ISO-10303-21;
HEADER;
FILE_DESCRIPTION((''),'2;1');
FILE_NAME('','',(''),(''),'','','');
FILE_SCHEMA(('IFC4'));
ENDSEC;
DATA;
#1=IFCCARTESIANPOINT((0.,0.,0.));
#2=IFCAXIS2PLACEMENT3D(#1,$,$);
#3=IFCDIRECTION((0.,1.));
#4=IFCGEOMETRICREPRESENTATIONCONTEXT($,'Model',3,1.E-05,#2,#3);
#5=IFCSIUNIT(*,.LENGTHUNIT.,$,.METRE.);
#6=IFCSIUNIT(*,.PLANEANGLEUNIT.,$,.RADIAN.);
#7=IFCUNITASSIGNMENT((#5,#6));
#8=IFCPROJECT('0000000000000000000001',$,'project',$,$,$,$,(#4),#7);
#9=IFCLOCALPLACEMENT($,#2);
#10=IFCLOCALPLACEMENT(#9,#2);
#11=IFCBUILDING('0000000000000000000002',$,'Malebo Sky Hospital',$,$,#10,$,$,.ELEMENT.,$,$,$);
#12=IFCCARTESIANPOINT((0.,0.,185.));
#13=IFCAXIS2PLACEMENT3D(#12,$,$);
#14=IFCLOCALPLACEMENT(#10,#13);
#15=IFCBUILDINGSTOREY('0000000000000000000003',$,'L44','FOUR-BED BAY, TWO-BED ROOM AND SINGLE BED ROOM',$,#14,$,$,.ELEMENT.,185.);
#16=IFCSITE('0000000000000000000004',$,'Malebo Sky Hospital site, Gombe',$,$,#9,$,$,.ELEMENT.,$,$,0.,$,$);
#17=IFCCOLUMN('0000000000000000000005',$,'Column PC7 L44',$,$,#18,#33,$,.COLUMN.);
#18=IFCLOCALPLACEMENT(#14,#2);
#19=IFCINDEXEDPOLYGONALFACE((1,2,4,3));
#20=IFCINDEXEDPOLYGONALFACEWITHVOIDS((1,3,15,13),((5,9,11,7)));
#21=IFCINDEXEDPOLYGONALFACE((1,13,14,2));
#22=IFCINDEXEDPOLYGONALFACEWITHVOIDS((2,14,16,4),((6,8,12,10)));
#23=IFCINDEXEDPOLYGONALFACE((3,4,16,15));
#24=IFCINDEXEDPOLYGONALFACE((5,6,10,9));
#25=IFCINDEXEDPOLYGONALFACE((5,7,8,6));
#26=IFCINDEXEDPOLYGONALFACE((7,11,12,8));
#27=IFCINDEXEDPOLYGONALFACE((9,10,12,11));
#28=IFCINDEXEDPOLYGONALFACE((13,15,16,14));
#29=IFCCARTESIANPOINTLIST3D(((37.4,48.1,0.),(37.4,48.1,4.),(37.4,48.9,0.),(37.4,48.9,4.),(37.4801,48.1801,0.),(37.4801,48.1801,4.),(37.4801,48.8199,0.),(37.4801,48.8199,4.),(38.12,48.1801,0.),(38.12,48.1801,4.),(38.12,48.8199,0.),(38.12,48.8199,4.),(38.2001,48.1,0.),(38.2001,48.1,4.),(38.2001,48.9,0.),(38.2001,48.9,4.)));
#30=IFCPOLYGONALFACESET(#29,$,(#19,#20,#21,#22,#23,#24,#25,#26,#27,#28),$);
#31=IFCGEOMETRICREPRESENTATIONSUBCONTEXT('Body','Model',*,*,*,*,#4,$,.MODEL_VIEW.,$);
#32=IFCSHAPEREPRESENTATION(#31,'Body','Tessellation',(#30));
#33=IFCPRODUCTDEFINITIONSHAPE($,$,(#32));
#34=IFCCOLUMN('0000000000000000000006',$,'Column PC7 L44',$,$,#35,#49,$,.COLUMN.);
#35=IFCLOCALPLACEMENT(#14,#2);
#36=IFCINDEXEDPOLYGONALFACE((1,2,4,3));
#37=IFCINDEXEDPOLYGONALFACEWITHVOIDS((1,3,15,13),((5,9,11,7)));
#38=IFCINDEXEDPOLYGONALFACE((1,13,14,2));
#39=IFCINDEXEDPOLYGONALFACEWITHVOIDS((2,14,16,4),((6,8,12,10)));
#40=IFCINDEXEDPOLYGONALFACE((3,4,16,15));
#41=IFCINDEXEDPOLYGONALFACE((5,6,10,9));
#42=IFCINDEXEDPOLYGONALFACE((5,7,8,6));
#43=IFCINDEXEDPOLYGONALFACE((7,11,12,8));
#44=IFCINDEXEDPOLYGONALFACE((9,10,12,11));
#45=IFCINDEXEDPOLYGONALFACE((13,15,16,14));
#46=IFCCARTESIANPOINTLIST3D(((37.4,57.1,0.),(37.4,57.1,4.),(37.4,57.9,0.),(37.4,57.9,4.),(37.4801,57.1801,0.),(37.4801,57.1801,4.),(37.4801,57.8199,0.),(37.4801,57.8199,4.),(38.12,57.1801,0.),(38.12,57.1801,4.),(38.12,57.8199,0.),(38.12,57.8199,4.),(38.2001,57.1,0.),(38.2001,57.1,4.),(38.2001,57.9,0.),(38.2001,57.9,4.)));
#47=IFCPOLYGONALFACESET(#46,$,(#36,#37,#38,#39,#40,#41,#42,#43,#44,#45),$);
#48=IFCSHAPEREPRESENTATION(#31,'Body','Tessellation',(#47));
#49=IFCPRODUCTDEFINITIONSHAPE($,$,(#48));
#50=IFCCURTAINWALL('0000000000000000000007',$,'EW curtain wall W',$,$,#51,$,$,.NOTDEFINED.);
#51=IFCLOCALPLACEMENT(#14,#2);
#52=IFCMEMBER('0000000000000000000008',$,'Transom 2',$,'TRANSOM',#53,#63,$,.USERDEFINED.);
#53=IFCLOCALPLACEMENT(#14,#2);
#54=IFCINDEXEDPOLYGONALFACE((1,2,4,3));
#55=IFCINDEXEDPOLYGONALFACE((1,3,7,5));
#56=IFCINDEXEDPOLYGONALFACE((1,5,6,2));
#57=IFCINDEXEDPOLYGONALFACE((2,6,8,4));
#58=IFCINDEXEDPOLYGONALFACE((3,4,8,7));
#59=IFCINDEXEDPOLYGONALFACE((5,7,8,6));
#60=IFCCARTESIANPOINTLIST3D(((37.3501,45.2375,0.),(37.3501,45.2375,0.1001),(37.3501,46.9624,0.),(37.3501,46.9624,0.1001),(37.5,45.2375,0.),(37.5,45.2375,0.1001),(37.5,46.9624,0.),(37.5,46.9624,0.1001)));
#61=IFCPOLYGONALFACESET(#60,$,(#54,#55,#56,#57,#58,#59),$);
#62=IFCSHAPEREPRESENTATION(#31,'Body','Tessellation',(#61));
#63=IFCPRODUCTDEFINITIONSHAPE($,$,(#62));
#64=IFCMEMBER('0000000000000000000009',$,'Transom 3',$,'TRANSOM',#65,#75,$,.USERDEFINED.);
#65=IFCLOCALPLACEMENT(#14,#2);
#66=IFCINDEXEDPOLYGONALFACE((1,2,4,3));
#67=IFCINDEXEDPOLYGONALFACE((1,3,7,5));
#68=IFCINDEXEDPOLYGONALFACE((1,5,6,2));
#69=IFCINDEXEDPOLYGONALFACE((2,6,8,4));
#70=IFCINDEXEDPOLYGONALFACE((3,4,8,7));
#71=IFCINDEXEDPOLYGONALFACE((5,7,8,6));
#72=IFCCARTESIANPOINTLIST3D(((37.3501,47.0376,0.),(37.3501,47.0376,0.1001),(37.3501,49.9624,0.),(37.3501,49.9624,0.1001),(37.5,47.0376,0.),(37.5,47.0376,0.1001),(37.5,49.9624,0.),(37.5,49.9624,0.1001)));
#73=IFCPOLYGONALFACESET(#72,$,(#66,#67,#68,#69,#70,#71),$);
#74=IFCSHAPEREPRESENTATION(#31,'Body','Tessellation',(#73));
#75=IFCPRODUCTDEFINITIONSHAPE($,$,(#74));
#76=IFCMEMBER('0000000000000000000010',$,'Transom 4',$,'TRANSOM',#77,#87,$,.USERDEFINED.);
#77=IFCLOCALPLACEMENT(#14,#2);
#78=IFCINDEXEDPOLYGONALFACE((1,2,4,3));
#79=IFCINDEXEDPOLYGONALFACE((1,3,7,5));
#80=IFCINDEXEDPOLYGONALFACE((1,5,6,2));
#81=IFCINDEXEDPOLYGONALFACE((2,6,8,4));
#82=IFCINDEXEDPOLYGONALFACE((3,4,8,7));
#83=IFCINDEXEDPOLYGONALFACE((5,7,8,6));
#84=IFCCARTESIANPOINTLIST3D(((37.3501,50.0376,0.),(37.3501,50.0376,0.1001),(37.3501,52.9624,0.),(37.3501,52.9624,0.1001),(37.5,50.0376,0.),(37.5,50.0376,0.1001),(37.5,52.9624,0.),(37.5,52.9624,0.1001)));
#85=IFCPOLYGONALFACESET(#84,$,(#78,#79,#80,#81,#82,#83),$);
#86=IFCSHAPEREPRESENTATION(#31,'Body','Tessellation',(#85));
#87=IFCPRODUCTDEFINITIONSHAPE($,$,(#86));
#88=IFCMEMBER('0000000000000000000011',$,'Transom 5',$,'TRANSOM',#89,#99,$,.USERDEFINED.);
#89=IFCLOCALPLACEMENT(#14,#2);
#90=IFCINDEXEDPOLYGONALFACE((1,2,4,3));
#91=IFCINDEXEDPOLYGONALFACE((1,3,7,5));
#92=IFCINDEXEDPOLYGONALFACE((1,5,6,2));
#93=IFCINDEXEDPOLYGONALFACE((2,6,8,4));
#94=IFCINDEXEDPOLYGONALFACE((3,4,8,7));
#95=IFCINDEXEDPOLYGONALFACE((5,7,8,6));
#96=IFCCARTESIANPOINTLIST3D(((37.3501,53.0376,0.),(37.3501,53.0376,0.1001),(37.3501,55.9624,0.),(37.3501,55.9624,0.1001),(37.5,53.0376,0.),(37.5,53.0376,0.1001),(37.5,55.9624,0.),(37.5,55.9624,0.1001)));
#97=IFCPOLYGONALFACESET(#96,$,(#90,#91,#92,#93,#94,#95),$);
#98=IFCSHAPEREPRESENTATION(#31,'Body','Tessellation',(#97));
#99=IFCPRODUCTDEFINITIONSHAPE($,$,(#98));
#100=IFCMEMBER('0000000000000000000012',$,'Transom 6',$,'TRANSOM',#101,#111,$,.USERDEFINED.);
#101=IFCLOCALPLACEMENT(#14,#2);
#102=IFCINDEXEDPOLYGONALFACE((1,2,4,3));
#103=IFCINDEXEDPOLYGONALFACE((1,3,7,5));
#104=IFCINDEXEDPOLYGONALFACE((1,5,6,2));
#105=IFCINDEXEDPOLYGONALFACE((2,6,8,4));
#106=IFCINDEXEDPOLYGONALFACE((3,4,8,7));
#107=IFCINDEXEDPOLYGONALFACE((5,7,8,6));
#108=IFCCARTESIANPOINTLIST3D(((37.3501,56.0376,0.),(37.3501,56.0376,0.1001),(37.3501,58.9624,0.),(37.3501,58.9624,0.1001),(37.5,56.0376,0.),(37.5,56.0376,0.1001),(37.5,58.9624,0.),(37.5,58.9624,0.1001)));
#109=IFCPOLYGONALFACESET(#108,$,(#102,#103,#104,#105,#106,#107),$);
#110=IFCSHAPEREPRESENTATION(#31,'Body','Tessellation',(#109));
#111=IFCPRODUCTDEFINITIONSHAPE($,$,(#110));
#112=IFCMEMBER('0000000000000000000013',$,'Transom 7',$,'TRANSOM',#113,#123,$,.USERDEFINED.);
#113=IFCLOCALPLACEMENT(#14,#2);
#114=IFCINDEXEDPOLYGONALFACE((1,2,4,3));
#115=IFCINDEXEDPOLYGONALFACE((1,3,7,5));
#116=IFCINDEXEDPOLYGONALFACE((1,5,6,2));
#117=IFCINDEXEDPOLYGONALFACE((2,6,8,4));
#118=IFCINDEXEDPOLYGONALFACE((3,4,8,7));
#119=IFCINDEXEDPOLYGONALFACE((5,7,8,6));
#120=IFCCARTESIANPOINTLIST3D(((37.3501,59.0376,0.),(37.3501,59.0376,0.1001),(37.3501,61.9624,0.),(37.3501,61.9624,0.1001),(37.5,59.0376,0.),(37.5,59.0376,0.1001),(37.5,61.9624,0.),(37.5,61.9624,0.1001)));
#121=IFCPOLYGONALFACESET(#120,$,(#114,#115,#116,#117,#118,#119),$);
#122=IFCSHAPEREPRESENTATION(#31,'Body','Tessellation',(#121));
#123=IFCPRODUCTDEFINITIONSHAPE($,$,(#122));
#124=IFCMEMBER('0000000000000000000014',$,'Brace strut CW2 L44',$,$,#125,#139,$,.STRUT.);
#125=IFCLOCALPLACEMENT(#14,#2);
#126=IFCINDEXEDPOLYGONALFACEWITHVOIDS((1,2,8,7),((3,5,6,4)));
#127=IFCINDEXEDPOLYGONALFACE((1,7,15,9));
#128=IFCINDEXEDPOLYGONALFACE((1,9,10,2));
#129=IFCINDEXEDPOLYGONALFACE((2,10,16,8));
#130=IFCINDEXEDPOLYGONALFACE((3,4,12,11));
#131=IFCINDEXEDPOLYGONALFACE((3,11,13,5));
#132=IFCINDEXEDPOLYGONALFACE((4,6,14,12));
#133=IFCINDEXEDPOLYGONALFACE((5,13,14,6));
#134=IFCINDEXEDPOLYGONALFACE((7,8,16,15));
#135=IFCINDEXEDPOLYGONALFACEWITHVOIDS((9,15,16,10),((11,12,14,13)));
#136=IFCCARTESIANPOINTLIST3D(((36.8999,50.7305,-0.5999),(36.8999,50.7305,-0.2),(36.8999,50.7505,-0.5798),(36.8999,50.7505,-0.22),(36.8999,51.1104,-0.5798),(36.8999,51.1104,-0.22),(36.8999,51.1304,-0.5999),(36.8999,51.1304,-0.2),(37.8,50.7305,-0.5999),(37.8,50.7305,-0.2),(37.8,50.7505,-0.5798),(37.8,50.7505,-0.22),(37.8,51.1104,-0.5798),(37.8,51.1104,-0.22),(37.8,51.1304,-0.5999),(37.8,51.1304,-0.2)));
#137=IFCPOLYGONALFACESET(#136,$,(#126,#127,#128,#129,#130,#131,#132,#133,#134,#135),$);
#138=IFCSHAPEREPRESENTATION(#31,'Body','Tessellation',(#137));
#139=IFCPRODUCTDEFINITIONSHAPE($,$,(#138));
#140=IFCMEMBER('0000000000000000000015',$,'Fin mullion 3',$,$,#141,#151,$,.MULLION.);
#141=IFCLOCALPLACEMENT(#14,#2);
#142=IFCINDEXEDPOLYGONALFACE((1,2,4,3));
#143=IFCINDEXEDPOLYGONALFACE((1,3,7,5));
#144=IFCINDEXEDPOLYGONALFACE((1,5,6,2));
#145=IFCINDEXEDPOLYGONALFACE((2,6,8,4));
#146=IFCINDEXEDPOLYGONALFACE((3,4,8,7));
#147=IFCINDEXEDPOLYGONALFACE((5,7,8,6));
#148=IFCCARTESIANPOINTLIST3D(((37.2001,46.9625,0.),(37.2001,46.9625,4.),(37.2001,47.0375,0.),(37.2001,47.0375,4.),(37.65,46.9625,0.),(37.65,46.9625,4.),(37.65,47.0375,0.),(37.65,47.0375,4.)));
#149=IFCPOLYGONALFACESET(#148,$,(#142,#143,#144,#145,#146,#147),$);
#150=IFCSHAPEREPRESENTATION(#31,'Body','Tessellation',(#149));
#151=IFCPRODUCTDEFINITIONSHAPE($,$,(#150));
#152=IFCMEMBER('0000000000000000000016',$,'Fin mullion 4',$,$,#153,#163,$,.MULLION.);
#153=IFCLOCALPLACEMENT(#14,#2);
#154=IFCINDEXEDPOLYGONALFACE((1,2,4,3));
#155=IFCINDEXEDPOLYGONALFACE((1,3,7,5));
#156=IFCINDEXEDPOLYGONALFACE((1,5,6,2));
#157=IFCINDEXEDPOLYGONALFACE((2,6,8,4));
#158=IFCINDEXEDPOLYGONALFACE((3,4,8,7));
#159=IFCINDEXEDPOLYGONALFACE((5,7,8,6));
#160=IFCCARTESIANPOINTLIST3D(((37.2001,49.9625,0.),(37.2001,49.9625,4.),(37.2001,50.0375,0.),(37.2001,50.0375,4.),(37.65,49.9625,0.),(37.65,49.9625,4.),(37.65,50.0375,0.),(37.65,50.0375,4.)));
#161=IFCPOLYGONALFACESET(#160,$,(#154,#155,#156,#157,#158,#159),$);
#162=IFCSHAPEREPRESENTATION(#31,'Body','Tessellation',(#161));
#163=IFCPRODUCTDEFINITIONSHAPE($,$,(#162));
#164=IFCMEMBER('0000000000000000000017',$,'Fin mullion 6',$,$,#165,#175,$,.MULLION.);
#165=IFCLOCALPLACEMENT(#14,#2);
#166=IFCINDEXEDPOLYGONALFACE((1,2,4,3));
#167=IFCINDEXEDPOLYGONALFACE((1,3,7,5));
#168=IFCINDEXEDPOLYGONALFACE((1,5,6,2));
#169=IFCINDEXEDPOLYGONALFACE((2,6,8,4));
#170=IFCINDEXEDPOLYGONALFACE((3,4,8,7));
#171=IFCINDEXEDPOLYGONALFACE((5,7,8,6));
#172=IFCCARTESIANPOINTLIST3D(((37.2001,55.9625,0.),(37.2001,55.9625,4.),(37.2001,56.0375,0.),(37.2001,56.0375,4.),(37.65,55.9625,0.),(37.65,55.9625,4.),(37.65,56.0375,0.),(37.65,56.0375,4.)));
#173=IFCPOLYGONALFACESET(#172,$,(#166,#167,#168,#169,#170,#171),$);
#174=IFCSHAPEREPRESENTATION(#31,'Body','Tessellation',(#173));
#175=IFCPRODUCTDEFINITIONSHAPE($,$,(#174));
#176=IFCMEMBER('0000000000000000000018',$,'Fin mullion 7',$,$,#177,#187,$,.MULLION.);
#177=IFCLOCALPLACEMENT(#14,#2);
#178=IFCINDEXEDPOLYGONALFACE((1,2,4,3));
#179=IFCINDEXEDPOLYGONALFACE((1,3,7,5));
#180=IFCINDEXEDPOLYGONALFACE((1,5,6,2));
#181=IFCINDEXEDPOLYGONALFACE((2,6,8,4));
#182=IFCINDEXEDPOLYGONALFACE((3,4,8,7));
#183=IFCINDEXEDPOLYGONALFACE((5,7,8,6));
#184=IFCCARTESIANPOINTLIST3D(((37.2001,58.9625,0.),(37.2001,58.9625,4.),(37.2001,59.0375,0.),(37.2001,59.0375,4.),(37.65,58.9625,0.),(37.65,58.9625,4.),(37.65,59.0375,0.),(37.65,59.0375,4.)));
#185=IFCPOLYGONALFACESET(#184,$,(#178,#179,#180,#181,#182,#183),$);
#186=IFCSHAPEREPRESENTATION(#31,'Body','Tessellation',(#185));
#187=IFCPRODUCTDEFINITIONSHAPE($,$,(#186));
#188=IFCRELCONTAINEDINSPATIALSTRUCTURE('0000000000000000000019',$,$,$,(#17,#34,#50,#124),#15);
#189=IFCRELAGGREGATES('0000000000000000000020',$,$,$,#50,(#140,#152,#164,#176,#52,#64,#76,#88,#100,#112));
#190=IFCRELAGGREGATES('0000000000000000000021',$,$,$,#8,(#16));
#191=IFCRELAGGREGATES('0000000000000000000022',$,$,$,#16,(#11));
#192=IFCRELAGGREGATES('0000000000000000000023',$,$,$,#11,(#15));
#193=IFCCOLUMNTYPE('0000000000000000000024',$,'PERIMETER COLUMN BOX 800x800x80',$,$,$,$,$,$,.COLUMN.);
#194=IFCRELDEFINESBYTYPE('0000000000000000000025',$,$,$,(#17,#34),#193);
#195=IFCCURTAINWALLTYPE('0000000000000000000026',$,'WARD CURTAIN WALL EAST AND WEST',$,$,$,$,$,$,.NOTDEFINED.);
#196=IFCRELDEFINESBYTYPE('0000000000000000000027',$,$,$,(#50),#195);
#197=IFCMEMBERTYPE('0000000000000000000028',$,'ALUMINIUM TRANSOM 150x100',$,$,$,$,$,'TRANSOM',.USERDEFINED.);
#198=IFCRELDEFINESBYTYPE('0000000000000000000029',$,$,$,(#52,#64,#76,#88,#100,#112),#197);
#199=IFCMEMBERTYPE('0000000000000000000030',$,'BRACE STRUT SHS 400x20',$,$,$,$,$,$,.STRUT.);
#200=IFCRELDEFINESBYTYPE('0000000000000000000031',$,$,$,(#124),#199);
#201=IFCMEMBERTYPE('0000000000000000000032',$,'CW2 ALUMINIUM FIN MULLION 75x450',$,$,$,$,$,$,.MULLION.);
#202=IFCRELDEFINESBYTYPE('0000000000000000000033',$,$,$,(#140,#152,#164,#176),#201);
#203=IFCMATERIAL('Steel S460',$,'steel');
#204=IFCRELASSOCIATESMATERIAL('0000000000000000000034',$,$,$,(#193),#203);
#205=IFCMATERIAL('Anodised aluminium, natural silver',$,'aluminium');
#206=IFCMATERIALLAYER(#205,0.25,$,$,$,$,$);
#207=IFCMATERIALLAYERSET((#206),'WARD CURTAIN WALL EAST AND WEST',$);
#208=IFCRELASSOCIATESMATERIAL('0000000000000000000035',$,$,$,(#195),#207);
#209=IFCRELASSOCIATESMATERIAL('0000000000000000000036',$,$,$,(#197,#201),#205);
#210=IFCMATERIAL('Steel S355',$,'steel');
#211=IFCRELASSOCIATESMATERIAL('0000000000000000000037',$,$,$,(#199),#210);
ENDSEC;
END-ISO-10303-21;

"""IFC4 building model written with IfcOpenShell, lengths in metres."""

from ifc_helpers import new_model, si_unit, direction, frame, origin, origin_2d, place, context, subcontext, project, spatial, rectangle, hollow_rectangle, extrude, material, layer, layer_set, material_profile, profile_set, type_object, element, aggregate, save


model = new_model("IFC4")

# Units and contexts
model_context = context("Model", 3, precision=1e-05, world=origin(), true_north=direction((0.0, 1.0)))
body_context = subcontext(model_context, "Body", "Model", "MODEL_VIEW")
ifc_project = project(units=[si_unit("LENGTHUNIT", "METRE"), si_unit("PLANEANGLEUNIT", "RADIAN")], contexts=[model_context])

# Site, building, storey
site_placement = place(None, origin())
site = spatial("IfcSite", under=ifc_project, at=site_placement, Name="Malebo Sky Hospital site, Gombe", CompositionType="ELEMENT", RefElevation=0.0)
building_placement = place(site_placement, origin())
building = spatial("IfcBuilding", under=site, at=building_placement, Name="Malebo Sky Hospital", CompositionType="ELEMENT")
storey_placement = place(building_placement, frame((0.0, 0.0, 185.0)))
storey = spatial("IfcBuildingStorey", under=building, at=storey_placement, Name="L44", Description="FOUR-BED BAY, TWO-BED ROOM AND SINGLE BED ROOM", CompositionType="ELEMENT", Elevation=185.0)

# Columns
ifc_material_1 = material(Name="Steel S460", Category="steel")
ifc_material_profile_1 = material_profile(ifc_material_1, hollow_rectangle(XDim=0.8, YDim=0.8, WallThickness=0.0801, at=origin_2d()), Name="BOX 800x800x80")
ifc_profile_set_1 = profile_set([ifc_material_profile_1], Name="Steel S460")
column_type = type_object("IfcColumnType", Name="PERIMETER COLUMN BOX 800x800x80", PredefinedType="COLUMN", material=ifc_profile_set_1)
for number, where, z_axis, x_axis, name in (
    (1, (37.8, 48.5, 0.0), (0.0, 0.0, 1.0), (1.0, 0.0, 0.0), "Column PC7 L44"),
    (2, (37.8, 57.5, 0.0), (0.0, 0.0, 1.0), (1.0, 0.0, 0.0), "Column PC7 L44"),
):
    element("IfcColumn", number, at=place(storey_placement, frame(where, z_axis=z_axis, x_axis=x_axis)), inside=storey, type_object=column_type, Name=name, PredefinedType="COLUMN", context=body_context, shape_type="SweptSolid", body=[
        extrude(hollow_rectangle(XDim=0.8, YDim=0.8, WallThickness=0.0801, at=origin_2d()), origin(), (0.0, 0.0, 1.0), 4.0),
    ])

# Curtain wall, members
ifc_material_2 = material(Name="Anodised aluminium, natural silver", Category="aluminium")
ifc_layer_1 = layer(ifc_material_2, 0.25)
ifc_layer_set_1 = layer_set([ifc_layer_1], Name="WARD CURTAIN WALL EAST AND WEST")
curtain_wall_type = type_object("IfcCurtainWallType", Name="WARD CURTAIN WALL EAST AND WEST", PredefinedType="NOTDEFINED", material=ifc_layer_set_1)
curtain_wall_placement = place(storey_placement, origin())
curtain_wall = element("IfcCurtainWall", 3, at=curtain_wall_placement, inside=storey, type_object=curtain_wall_type, Name="EW curtain wall W", PredefinedType="NOTDEFINED")
ifc_material_profile_2 = material_profile(ifc_material_2, rectangle(XDim=0.1499, YDim=0.1001, at=origin_2d()), Name="ALUMINIUM TRANSOM 150x100")
ifc_profile_set_2 = profile_set([ifc_material_profile_2], Name="Anodised aluminium, natural silver")
member_type_1 = type_object("IfcMemberType", Name="ALUMINIUM TRANSOM 150x100", ElementType="TRANSOM", PredefinedType="USERDEFINED", material=ifc_profile_set_2)
member_1_placement = place(storey_placement, frame((37.425, 45.2375, 0.05), z_axis=(0.0, 1.0, 0.0), x_axis=(-1.0, 0.0, 0.0)))
member_1 = element("IfcMember", 4, at=member_1_placement, type_object=member_type_1, Name="Transom 2", ObjectType="TRANSOM", PredefinedType="USERDEFINED", context=body_context, shape_type="SweptSolid", body=[
    extrude(rectangle(XDim=0.1499, YDim=0.1001, at=origin_2d()), origin(), (0.0, 0.0, 1.0), 1.7249),
])
member_2_placement = place(storey_placement, frame((37.425, 47.0376, 0.05), z_axis=(0.0, 1.0, 0.0), x_axis=(-1.0, 0.0, 0.0)))
member_2 = element("IfcMember", 5, at=member_2_placement, type_object=member_type_1, Name="Transom 3", ObjectType="TRANSOM", PredefinedType="USERDEFINED", context=body_context, shape_type="SweptSolid", body=[
    extrude(rectangle(XDim=0.1499, YDim=0.1001, at=origin_2d()), origin(), (0.0, 0.0, 1.0), 2.9248),
])
member_3_placement = place(storey_placement, frame((37.425, 50.0376, 0.05), z_axis=(0.0, 1.0, 0.0), x_axis=(-1.0, 0.0, 0.0)))
member_3 = element("IfcMember", 6, at=member_3_placement, type_object=member_type_1, Name="Transom 4", ObjectType="TRANSOM", PredefinedType="USERDEFINED", context=body_context, shape_type="SweptSolid", body=[
    extrude(rectangle(XDim=0.1499, YDim=0.1001, at=origin_2d()), origin(), (0.0, 0.0, 1.0), 2.9248),
])
member_4_placement = place(storey_placement, frame((37.425, 53.0376, 0.05), z_axis=(0.0, 1.0, 0.0), x_axis=(-1.0, 0.0, 0.0)))
member_4 = element("IfcMember", 7, at=member_4_placement, type_object=member_type_1, Name="Transom 5", ObjectType="TRANSOM", PredefinedType="USERDEFINED", context=body_context, shape_type="SweptSolid", body=[
    extrude(rectangle(XDim=0.1499, YDim=0.1001, at=origin_2d()), origin(), (0.0, 0.0, 1.0), 2.9248),
])
member_5_placement = place(storey_placement, frame((37.425, 56.0376, 0.05), z_axis=(0.0, 1.0, 0.0), x_axis=(-1.0, 0.0, 0.0)))
member_5 = element("IfcMember", 8, at=member_5_placement, type_object=member_type_1, Name="Transom 6", ObjectType="TRANSOM", PredefinedType="USERDEFINED", context=body_context, shape_type="SweptSolid", body=[
    extrude(rectangle(XDim=0.1499, YDim=0.1001, at=origin_2d()), origin(), (0.0, 0.0, 1.0), 2.9248),
])
member_6_placement = place(storey_placement, frame((37.425, 59.0376, 0.05), z_axis=(0.0, 1.0, 0.0), x_axis=(-1.0, 0.0, 0.0)))
member_6 = element("IfcMember", 9, at=member_6_placement, type_object=member_type_1, Name="Transom 7", ObjectType="TRANSOM", PredefinedType="USERDEFINED", context=body_context, shape_type="SweptSolid", body=[
    extrude(rectangle(XDim=0.1499, YDim=0.1001, at=origin_2d()), origin(), (0.0, 0.0, 1.0), 2.9248),
])

# Members
ifc_material_3 = material(Name="Steel S355", Category="steel")
ifc_material_profile_3 = material_profile(ifc_material_3, hollow_rectangle(XDim=0.3999, YDim=0.3999, WallThickness=0.02, at=origin_2d()), Name="SHS 400x20")
ifc_profile_set_3 = profile_set([ifc_material_profile_3], Name="Steel S355")
member_type_2 = type_object("IfcMemberType", Name="BRACE STRUT SHS 400x20", PredefinedType="STRUT", material=ifc_profile_set_3)
member_7_placement = place(storey_placement, frame((36.8999, 50.9304, -0.3999), z_axis=(1.0, 0.0, 0.0), x_axis=(0.0, 1.0, 0.0)))
element("IfcMember", 10, at=member_7_placement, inside=storey, type_object=member_type_2, Name="Brace strut CW2 L44", PredefinedType="STRUT", context=body_context, shape_type="SweptSolid", body=[
    extrude(hollow_rectangle(XDim=0.3999, YDim=0.3999, WallThickness=0.02, at=origin_2d()), origin(), (0.0, 0.0, 1.0), 0.9001),
])
ifc_material_profile_4 = material_profile(ifc_material_2, rectangle(XDim=0.075, YDim=0.45, at=origin_2d()), Name="CW2 ALUMINIUM FIN MULLION 75x450")
ifc_profile_set_4 = profile_set([ifc_material_profile_4], Name="Anodised aluminium, natural silver")
member_type_3 = type_object("IfcMemberType", Name="CW2 ALUMINIUM FIN MULLION 75x450", PredefinedType="MULLION", material=ifc_profile_set_4)
member_8_placement = place(storey_placement, frame((37.425, 47.0, 0.0), z_axis=(0.0, 0.0, 1.0), x_axis=(0.0, 1.0, 0.0)))
member_8 = element("IfcMember", 11, at=member_8_placement, type_object=member_type_3, Name="Fin mullion 3", PredefinedType="MULLION", context=body_context, shape_type="SweptSolid", body=[
    extrude(rectangle(XDim=0.075, YDim=0.45, at=origin_2d()), origin(), (0.0, 0.0, 1.0), 4.0),
])
member_9_placement = place(storey_placement, frame((37.425, 50.0, 0.0), z_axis=(0.0, 0.0, 1.0), x_axis=(0.0, 1.0, 0.0)))
member_9 = element("IfcMember", 12, at=member_9_placement, type_object=member_type_3, Name="Fin mullion 4", PredefinedType="MULLION", context=body_context, shape_type="SweptSolid", body=[
    extrude(rectangle(XDim=0.075, YDim=0.45, at=origin_2d()), origin(), (0.0, 0.0, 1.0), 4.0),
])
member_10_placement = place(storey_placement, frame((37.425, 56.0, 0.0), z_axis=(0.0, 0.0, 1.0), x_axis=(0.0, 1.0, 0.0)))
member_10 = element("IfcMember", 13, at=member_10_placement, type_object=member_type_3, Name="Fin mullion 6", PredefinedType="MULLION", context=body_context, shape_type="SweptSolid", body=[
    extrude(rectangle(XDim=0.075, YDim=0.45, at=origin_2d()), origin(), (0.0, 0.0, 1.0), 4.0),
])
member_11_placement = place(storey_placement, frame((37.425, 59.0, 0.0), z_axis=(0.0, 0.0, 1.0), x_axis=(0.0, 1.0, 0.0)))
member_11 = element("IfcMember", 14, at=member_11_placement, type_object=member_type_3, Name="Fin mullion 7", PredefinedType="MULLION", context=body_context, shape_type="SweptSolid", body=[
    extrude(rectangle(XDim=0.075, YDim=0.45, at=origin_2d()), origin(), (0.0, 0.0, 1.0), 4.0),
])

aggregate(curtain_wall, [member_8, member_9, member_10, member_11, member_1, member_2, member_3, member_4, member_5, member_6])

save(model, "model.ifc")
